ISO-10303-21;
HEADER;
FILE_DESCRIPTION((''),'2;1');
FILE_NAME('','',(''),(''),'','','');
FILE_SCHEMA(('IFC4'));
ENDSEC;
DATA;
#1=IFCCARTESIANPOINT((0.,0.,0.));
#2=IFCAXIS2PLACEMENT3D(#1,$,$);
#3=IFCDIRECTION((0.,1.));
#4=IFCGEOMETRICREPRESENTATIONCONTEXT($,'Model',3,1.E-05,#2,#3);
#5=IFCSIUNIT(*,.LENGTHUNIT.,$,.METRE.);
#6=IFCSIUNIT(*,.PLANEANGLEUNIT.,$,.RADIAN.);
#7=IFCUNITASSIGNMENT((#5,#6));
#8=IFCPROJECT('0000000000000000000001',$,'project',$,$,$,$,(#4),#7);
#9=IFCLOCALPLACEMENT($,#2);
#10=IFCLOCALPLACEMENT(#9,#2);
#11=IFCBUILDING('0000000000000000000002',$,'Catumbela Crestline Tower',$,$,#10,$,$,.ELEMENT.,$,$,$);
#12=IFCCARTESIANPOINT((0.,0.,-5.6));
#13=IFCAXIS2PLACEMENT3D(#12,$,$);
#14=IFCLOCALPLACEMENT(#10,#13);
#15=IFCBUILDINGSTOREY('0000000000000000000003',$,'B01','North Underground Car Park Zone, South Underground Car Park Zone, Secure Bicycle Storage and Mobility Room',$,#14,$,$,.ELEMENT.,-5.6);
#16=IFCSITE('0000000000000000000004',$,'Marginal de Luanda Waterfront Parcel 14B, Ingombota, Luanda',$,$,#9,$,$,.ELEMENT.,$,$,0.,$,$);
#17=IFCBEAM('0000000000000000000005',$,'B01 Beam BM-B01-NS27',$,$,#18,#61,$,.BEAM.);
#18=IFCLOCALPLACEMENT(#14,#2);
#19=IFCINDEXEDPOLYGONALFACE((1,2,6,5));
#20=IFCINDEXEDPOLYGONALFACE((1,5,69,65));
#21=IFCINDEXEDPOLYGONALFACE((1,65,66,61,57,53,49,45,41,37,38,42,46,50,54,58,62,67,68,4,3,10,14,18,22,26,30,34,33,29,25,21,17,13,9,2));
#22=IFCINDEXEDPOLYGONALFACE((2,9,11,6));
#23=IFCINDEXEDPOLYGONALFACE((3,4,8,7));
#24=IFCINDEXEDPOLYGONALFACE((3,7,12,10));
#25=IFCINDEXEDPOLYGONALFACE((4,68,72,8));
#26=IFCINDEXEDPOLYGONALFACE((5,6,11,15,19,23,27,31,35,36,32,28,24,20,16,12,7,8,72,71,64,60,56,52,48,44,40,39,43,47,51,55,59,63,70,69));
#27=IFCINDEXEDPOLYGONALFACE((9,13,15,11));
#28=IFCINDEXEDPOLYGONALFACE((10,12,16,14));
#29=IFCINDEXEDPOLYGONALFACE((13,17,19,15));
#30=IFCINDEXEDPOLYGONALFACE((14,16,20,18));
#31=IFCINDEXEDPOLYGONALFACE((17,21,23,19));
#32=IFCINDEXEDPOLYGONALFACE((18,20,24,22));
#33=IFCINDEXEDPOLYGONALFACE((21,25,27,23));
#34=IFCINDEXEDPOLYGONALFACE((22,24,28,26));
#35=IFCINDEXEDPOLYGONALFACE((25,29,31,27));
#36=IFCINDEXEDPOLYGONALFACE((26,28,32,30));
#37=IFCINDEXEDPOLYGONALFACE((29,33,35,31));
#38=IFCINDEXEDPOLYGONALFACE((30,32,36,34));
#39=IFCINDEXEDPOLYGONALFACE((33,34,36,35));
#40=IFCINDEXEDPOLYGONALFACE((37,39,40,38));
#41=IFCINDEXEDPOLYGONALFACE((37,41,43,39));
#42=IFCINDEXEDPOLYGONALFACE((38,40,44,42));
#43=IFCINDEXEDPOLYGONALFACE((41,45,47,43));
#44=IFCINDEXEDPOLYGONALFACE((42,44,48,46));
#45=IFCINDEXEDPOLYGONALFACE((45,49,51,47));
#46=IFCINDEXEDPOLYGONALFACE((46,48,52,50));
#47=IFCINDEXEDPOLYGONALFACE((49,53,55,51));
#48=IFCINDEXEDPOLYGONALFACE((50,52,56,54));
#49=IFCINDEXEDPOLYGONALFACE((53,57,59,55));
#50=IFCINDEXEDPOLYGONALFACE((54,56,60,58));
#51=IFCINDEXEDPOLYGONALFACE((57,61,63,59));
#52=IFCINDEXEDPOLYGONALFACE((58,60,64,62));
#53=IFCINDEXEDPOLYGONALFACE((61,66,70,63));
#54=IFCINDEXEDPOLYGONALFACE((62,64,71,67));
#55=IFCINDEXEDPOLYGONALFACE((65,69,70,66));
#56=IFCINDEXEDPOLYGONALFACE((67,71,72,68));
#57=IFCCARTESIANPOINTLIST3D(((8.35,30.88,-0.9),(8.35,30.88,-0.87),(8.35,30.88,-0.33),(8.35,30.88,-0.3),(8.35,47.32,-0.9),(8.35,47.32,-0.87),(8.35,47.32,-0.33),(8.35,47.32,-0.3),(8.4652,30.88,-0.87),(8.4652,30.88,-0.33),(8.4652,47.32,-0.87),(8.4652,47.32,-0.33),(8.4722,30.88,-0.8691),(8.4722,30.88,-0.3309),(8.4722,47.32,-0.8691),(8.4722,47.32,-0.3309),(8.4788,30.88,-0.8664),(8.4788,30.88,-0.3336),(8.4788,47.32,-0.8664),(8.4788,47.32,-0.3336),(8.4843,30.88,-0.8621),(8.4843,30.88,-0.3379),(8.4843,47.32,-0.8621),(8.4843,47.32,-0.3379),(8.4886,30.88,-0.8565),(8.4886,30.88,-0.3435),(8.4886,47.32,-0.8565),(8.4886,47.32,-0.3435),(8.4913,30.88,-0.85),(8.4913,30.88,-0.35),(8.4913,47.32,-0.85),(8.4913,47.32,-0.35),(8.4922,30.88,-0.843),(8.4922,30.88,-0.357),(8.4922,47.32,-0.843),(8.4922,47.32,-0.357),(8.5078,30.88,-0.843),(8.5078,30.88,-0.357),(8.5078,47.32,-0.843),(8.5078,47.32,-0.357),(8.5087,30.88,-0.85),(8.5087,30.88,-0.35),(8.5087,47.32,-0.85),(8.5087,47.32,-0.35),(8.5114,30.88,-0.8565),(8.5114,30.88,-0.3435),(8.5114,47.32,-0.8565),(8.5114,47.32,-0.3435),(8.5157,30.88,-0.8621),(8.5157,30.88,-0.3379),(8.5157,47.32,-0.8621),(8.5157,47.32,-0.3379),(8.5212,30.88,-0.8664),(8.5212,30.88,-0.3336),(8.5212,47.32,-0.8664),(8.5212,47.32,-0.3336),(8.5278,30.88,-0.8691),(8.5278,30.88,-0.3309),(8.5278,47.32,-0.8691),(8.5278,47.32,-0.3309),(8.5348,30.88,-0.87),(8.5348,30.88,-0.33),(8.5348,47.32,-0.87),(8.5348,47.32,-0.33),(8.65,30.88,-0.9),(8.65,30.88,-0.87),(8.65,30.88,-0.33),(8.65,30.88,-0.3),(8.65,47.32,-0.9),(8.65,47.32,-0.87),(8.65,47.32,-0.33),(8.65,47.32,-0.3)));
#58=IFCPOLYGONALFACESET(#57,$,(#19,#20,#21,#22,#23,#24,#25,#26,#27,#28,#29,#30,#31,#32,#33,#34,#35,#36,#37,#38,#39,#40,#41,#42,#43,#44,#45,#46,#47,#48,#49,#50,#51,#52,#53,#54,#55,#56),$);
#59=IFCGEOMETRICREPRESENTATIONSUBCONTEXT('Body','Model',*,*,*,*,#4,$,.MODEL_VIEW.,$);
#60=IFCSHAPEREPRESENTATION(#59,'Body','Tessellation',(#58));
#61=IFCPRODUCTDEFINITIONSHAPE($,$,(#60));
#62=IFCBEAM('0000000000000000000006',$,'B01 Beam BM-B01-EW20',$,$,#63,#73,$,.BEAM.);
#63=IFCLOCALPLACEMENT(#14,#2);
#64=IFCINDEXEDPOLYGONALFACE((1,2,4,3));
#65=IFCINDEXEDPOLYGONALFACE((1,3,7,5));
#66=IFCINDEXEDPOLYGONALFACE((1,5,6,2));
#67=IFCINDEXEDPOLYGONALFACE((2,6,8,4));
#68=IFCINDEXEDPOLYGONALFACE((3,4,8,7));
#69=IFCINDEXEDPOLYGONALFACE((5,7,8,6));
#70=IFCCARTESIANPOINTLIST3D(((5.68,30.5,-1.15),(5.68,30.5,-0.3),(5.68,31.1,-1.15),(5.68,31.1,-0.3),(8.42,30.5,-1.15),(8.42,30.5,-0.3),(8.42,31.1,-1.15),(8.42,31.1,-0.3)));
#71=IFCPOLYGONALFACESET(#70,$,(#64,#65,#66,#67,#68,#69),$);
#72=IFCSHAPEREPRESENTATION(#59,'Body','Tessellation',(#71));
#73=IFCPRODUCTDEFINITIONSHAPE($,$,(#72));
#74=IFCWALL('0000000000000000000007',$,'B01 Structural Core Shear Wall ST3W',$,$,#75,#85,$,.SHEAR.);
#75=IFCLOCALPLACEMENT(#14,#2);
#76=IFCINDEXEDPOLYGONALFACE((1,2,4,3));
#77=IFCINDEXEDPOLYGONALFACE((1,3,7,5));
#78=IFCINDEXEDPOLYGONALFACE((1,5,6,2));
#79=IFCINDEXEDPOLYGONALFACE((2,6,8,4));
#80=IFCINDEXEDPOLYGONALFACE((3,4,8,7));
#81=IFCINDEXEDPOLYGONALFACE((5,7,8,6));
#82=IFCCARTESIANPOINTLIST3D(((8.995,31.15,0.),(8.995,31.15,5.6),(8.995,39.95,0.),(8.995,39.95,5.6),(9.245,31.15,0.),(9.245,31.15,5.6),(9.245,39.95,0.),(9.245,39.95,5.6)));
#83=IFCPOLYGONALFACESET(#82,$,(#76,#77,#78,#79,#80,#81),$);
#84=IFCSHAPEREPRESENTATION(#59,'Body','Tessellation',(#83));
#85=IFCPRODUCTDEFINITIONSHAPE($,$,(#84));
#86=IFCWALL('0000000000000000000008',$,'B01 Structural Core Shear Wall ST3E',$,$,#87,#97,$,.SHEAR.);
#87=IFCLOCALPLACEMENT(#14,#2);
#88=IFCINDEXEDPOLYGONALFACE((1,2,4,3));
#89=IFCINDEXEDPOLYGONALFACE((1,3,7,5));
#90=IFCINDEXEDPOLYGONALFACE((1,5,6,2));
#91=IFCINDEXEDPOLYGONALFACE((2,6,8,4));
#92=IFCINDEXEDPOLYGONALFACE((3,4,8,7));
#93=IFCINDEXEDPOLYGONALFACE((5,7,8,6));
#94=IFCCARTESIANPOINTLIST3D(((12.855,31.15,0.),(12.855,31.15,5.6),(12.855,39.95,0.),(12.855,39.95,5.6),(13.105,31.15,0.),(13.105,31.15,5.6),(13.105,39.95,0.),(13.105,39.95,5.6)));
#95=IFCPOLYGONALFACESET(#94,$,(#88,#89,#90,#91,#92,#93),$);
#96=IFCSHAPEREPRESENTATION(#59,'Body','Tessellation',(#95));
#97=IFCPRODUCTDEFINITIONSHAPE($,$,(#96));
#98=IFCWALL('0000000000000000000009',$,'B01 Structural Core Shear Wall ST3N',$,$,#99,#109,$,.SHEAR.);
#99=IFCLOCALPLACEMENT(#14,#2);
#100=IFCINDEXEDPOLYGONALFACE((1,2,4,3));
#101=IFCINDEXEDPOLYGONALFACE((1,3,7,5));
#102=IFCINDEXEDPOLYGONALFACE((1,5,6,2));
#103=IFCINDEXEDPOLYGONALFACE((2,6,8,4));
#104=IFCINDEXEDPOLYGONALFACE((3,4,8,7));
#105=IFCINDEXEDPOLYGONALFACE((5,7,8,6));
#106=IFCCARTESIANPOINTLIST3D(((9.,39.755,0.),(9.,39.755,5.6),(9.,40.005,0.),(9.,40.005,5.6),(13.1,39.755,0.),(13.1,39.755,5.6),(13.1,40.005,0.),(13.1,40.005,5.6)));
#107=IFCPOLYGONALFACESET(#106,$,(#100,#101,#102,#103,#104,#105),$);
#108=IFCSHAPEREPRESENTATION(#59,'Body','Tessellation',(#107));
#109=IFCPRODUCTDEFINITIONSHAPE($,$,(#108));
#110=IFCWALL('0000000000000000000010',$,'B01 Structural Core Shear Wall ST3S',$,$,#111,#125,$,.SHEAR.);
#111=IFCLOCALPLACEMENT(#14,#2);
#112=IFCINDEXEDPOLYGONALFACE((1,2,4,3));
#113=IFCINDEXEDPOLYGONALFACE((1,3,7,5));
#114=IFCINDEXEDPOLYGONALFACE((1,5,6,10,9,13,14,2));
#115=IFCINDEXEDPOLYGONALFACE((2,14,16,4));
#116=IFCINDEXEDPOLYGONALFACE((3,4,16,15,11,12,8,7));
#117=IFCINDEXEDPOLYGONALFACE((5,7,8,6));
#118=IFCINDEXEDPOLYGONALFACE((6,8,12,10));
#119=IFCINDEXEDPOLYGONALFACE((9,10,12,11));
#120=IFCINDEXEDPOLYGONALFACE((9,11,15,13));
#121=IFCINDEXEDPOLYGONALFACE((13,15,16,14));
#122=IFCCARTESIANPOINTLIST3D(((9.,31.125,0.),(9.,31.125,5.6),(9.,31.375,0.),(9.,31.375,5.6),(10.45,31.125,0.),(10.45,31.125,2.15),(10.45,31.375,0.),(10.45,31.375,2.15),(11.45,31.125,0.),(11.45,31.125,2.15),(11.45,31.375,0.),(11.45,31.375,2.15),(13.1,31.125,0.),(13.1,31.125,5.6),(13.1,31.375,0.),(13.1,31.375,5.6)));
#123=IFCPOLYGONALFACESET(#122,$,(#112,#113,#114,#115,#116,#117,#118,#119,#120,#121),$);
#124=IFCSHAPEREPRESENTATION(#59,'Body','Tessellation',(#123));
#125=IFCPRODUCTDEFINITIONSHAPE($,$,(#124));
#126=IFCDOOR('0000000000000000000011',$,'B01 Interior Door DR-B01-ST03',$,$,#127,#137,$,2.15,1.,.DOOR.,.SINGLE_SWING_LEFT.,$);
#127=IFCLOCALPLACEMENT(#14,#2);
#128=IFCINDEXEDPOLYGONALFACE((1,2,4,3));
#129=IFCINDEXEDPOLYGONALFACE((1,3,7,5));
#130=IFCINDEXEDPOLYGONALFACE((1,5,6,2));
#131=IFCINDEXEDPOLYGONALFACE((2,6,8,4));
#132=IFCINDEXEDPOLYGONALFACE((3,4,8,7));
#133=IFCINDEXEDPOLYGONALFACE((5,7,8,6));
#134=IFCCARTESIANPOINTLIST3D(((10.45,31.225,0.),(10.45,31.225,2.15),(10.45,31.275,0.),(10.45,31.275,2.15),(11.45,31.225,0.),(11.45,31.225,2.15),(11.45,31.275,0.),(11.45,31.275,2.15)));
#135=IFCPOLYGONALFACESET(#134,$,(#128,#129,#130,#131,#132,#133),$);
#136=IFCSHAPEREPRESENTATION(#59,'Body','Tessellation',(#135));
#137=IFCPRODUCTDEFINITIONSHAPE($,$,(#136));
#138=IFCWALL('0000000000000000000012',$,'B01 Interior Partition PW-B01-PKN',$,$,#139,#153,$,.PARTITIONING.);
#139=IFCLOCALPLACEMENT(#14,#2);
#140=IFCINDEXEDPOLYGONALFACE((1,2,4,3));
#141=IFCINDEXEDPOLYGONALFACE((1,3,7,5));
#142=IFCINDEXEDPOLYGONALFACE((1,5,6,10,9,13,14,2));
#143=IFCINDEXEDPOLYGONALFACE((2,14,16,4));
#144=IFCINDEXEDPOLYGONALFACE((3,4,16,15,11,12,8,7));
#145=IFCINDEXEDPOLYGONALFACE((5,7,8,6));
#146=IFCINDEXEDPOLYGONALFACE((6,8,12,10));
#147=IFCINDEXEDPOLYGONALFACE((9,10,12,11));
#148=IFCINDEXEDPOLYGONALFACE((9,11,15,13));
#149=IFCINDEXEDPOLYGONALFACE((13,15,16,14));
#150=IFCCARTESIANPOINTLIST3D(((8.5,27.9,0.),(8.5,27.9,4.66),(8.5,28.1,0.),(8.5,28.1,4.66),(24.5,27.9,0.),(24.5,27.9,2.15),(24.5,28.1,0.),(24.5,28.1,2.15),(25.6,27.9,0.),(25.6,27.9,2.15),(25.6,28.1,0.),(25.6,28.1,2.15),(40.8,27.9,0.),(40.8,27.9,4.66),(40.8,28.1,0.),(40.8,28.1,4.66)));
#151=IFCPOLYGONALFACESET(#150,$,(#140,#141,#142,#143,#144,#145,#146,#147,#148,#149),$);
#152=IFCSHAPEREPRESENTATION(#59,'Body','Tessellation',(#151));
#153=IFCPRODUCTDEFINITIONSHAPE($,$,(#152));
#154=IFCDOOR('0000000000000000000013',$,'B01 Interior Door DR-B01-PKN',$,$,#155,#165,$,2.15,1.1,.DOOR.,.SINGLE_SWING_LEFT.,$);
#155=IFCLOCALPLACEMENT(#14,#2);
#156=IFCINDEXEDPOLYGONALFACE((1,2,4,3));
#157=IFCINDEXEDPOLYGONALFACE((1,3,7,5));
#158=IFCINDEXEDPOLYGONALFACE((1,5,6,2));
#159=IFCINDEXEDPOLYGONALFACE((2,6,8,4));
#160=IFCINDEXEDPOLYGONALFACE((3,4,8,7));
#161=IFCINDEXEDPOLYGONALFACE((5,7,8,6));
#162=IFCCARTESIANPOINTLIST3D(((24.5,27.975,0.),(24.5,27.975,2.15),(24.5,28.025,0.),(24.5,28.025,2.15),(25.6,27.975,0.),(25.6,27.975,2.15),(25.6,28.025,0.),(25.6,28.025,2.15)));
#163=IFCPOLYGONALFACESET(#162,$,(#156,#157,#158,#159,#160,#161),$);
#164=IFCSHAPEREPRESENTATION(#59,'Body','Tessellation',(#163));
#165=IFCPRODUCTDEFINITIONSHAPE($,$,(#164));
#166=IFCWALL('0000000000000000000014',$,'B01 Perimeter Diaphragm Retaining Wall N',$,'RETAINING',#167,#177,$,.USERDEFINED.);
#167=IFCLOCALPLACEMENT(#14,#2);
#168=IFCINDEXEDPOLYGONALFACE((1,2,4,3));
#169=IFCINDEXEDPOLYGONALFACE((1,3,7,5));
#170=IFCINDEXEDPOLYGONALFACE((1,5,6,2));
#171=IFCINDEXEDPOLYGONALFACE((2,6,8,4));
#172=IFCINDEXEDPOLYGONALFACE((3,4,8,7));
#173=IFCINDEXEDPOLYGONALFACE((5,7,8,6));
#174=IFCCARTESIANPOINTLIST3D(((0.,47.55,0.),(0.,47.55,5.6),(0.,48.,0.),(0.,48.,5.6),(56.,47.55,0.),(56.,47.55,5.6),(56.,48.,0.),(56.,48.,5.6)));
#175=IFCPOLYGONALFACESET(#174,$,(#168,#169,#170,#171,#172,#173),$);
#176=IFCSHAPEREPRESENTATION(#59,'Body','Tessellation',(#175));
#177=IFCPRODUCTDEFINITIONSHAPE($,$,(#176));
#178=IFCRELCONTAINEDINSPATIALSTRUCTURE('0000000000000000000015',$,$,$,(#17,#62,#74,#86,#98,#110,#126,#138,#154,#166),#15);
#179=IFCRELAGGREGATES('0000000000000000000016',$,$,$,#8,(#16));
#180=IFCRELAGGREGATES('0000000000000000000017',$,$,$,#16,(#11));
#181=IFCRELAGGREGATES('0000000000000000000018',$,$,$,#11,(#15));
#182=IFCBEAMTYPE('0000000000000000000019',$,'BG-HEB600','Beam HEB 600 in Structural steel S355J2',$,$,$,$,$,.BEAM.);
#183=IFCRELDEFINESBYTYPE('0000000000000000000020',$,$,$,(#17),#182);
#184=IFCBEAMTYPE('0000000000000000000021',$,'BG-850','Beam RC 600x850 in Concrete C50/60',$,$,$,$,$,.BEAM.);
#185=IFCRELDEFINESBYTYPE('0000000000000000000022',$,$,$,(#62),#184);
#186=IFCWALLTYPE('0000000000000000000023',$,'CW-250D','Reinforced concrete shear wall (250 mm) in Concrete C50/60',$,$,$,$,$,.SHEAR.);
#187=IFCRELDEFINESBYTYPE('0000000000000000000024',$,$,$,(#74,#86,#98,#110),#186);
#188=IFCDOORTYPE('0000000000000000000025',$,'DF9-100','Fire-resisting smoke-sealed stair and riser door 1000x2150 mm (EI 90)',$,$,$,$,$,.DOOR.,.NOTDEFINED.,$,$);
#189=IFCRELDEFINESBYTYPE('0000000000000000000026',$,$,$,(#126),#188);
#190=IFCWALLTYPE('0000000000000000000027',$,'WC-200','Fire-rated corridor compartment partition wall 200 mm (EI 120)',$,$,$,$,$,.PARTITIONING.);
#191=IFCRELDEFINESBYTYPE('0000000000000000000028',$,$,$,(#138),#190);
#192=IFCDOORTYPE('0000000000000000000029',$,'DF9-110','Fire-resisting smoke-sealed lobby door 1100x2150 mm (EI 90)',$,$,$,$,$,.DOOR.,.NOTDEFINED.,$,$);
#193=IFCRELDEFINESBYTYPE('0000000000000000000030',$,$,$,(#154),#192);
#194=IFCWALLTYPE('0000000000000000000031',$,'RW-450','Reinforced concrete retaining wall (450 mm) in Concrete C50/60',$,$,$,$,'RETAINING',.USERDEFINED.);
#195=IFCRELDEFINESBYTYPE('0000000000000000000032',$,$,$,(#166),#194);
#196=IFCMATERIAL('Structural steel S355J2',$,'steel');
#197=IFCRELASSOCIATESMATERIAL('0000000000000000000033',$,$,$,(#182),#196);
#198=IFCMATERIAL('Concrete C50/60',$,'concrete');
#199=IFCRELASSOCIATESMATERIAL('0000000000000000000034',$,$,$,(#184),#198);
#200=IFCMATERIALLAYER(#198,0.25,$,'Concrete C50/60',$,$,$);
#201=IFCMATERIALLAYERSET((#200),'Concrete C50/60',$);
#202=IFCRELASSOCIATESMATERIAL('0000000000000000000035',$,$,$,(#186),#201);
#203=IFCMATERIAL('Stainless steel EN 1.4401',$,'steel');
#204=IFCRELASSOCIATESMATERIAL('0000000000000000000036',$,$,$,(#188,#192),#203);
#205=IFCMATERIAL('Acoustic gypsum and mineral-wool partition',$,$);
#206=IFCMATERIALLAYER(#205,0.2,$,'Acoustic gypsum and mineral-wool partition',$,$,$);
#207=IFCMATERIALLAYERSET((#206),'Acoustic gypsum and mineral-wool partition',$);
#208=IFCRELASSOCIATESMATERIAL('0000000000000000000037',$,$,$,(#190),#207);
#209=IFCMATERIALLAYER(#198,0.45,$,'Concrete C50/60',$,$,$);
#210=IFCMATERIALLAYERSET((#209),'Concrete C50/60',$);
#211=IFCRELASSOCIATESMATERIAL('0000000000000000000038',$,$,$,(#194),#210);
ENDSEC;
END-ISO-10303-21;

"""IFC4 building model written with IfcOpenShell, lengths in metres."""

from ifc_helpers import new_model, si_unit, direction, frame, frame_2d, origin, origin_2d, place, context, subcontext, project, spatial, rectangle, i_section, extrude, material, layer, layer_set, material_profile, profile_set, type_object, element, fill, save


model = new_model("IFC4")

# Units and contexts
model_context = context("Model", 3, precision=1e-05, world=origin(), true_north=direction((0.0, 1.0)))
body_context = subcontext(model_context, "Body", "Model", "MODEL_VIEW")
ifc_project = project(units=[si_unit("LENGTHUNIT", "METRE"), si_unit("PLANEANGLEUNIT", "RADIAN")], contexts=[model_context])

# Site, building, storey
site_placement = place(None, origin())
site = spatial("IfcSite", under=ifc_project, at=site_placement, Name="Marginal de Luanda Waterfront Parcel 14B, Ingombota, Luanda", CompositionType="ELEMENT", RefElevation=0.0)
building_placement = place(site_placement, origin())
building = spatial("IfcBuilding", under=site, at=building_placement, Name="Catumbela Crestline Tower", CompositionType="ELEMENT")
storey_placement = place(building_placement, frame((0.0, 0.0, -5.6)))
storey = spatial("IfcBuildingStorey", under=building, at=storey_placement, Name="B01", Description="North Underground Car Park Zone, South Underground Car Park Zone, Secure Bicycle Storage and Mobility Room", CompositionType="ELEMENT", Elevation=-5.6)

# Shared definitions
ifc_material_1 = material(Name="Concrete C50/60", Category="concrete")

# Beams
ifc_material_2 = material(Name="Structural steel S355J2", Category="steel")
ifc_material_profile_1 = material_profile(ifc_material_2, i_section(OverallWidth=0.3, OverallDepth=0.6, WebThickness=0.0155, FlangeThickness=0.03, FilletRadius=0.027, at=origin_2d()), Name="HEB 600")
ifc_profile_set_1 = profile_set([ifc_material_profile_1], Name="Structural steel S355J2")
beam_type_1 = type_object("IfcBeamType", Name="BG-HEB600", Description="Beam HEB 600 in Structural steel S355J2", PredefinedType="BEAM", material=ifc_profile_set_1)
beam_1_placement = place(storey_placement, frame((8.5, 30.88, -0.6), z_axis=(0.0, 1.0, 0.0), x_axis=(-1.0, 0.0, 0.0)))
element("IfcBeam", 1, at=beam_1_placement, inside=storey, type_object=beam_type_1, Name="B01 Beam BM-B01-NS27", PredefinedType="BEAM", context=body_context, shape_type="SweptSolid", body=[
    extrude(i_section(OverallWidth=0.3, OverallDepth=0.6, WebThickness=0.0155, FlangeThickness=0.03, FilletRadius=0.027, at=origin_2d()), origin(), (0.0, 0.0, 1.0), 16.44),
])
ifc_material_profile_2 = material_profile(ifc_material_1, rectangle(XDim=0.6, YDim=0.85, at=origin_2d()), Name="RC 600x850")
ifc_profile_set_2 = profile_set([ifc_material_profile_2], Name="Concrete C50/60")
beam_type_2 = type_object("IfcBeamType", Name="BG-850", Description="Beam RC 600x850 in Concrete C50/60", PredefinedType="BEAM", material=ifc_profile_set_2)
beam_2_placement = place(storey_placement, frame((5.68, 30.8, -0.725), z_axis=(1.0, 0.0, 0.0), x_axis=(0.0, 1.0, 0.0)))
element("IfcBeam", 2, at=beam_2_placement, inside=storey, type_object=beam_type_2, Name="B01 Beam BM-B01-EW20", PredefinedType="BEAM", context=body_context, shape_type="SweptSolid", body=[
    extrude(rectangle(XDim=0.6, YDim=0.85, at=origin_2d()), origin(), (0.0, 0.0, 1.0), 2.74),
])

# Walls
ifc_layer_1 = layer(ifc_material_1, 0.25, Name="Concrete C50/60")
ifc_layer_set_1 = layer_set([ifc_layer_1], Name="Concrete C50/60")
wall_type_1 = type_object("IfcWallType", Name="CW-250D", Description="Reinforced concrete shear wall (250 mm) in Concrete C50/60", PredefinedType="SHEAR", material=ifc_layer_set_1)
for number, where, z_axis, x_axis, name in (
    (3, (9.12, 31.15, 0.0), (0.0, 0.0, 1.0), (0.0, 1.0, 0.0), "B01 Structural Core Shear Wall ST3W"),
    (4, (12.98, 31.15, 0.0), (0.0, 0.0, 1.0), (0.0, 1.0, 0.0), "B01 Structural Core Shear Wall ST3E"),
):
    element("IfcWall", number, at=place(storey_placement, frame(where, z_axis=z_axis, x_axis=x_axis)), inside=storey, type_object=wall_type_1, Name=name, PredefinedType="SHEAR", context=body_context, shape_type="SweptSolid", body=[
        extrude(rectangle(XDim=8.8, YDim=0.25, at=frame_2d((4.4, 0.0))), origin(), (0.0, 0.0, 1.0), 5.6),
    ])
wall_1_placement = place(storey_placement, frame((9.0, 39.88, 0.0), z_axis=(0.0, 0.0, 1.0), x_axis=(1.0, 0.0, 0.0)))
element("IfcWall", 5, at=wall_1_placement, inside=storey, type_object=wall_type_1, Name="B01 Structural Core Shear Wall ST3N", PredefinedType="SHEAR", context=body_context, shape_type="SweptSolid", body=[
    extrude(rectangle(XDim=4.1, YDim=0.25, at=frame_2d((2.05, 0.0))), origin(), (0.0, 0.0, 1.0), 5.6),
])

# Walls, openings, doors
wall_2_placement = place(storey_placement, frame((9.0, 31.25, 0.0), z_axis=(0.0, 0.0, 1.0), x_axis=(1.0, 0.0, 0.0)))
wall_2 = element("IfcWall", 6, at=wall_2_placement, inside=storey, type_object=wall_type_1, Name="B01 Structural Core Shear Wall ST3S", PredefinedType="SHEAR", context=body_context, shape_type="SweptSolid", body=[
    extrude(rectangle(XDim=4.1, YDim=0.25, at=frame_2d((2.05, 0.0))), origin(), (0.0, 0.0, 1.0), 5.6),
])
opening_1_placement = place(wall_2_placement, frame((1.45, 0.0, 0.0)))
opening_1 = element("IfcOpeningElement", 7, at=opening_1_placement, cuts=wall_2, PredefinedType="OPENING", context=body_context, shape_type="SweptSolid", body=[
    extrude(rectangle(XDim=1.0, YDim=2.15, at=frame_2d((0.5, 1.075))), frame((0.0, 0.135, 0.0), z_axis=(0.0, -1.0, 0.0), x_axis=(1.0, 0.0, 0.0)), (0.0, 0.0, 1.0), 0.27),
])
ifc_material_3 = material(Name="Stainless steel EN 1.4401", Category="steel")
door_type_1 = type_object("IfcDoorType", Name="DF9-100", Description="Fire-resisting smoke-sealed stair and riser door 1000x2150 mm (EI 90)", OperationType="NOTDEFINED", PredefinedType="DOOR", material=ifc_material_3)
door_1_placement = place(opening_1_placement, origin())
door_1 = element("IfcDoor", 8, at=door_1_placement, inside=storey, type_object=door_type_1, Name="B01 Interior Door DR-B01-ST03", OperationType="SINGLE_SWING_LEFT", OverallHeight=2.15, OverallWidth=1.0, PredefinedType="DOOR", context=body_context, shape_type="SweptSolid", body=[
    extrude(rectangle(XDim=1.0, YDim=2.15, at=frame_2d((0.5, 1.075))), frame((0.0, 0.025, 0.0), z_axis=(0.0, -1.0, 0.0), x_axis=(1.0, 0.0, 0.0)), (0.0, 0.0, 1.0), 0.05),
])
fill(opening_1, door_1)
ifc_material_4 = material(Name="Acoustic gypsum and mineral-wool partition")
ifc_layer_2 = layer(ifc_material_4, 0.2, Name="Acoustic gypsum and mineral-wool partition")
ifc_layer_set_2 = layer_set([ifc_layer_2], Name="Acoustic gypsum and mineral-wool partition")
wall_type_2 = type_object("IfcWallType", Name="WC-200", Description="Fire-rated corridor compartment partition wall 200 mm (EI 120)", PredefinedType="PARTITIONING", material=ifc_layer_set_2)
wall_3_placement = place(storey_placement, frame((8.5, 28.0, 0.0), z_axis=(0.0, 0.0, 1.0), x_axis=(1.0, 0.0, 0.0)))
wall_3 = element("IfcWall", 9, at=wall_3_placement, inside=storey, type_object=wall_type_2, Name="B01 Interior Partition PW-B01-PKN", PredefinedType="PARTITIONING", context=body_context, shape_type="SweptSolid", body=[
    extrude(rectangle(XDim=32.3, YDim=0.2, at=frame_2d((16.15, 0.0))), origin(), (0.0, 0.0, 1.0), 4.66),
])
opening_2_placement = place(wall_3_placement, frame((16.0, 0.0, 0.0)))
opening_2 = element("IfcOpeningElement", 10, at=opening_2_placement, cuts=wall_3, PredefinedType="OPENING", context=body_context, shape_type="SweptSolid", body=[
    extrude(rectangle(XDim=1.1, YDim=2.15, at=frame_2d((0.55, 1.075))), frame((0.0, 0.11, 0.0), z_axis=(0.0, -1.0, 0.0), x_axis=(1.0, 0.0, 0.0)), (0.0, 0.0, 1.0), 0.22),
])
door_type_2 = type_object("IfcDoorType", Name="DF9-110", Description="Fire-resisting smoke-sealed lobby door 1100x2150 mm (EI 90)", OperationType="NOTDEFINED", PredefinedType="DOOR", material=ifc_material_3)
door_2_placement = place(opening_2_placement, origin())
door_2 = element("IfcDoor", 11, at=door_2_placement, inside=storey, type_object=door_type_2, Name="B01 Interior Door DR-B01-PKN", OperationType="SINGLE_SWING_LEFT", OverallHeight=2.15, OverallWidth=1.1, PredefinedType="DOOR", context=body_context, shape_type="SweptSolid", body=[
    extrude(rectangle(XDim=1.1, YDim=2.15, at=frame_2d((0.55, 1.075))), frame((0.0, 0.025, 0.0), z_axis=(0.0, -1.0, 0.0), x_axis=(1.0, 0.0, 0.0)), (0.0, 0.0, 1.0), 0.05),
])
fill(opening_2, door_2)

# Wall
ifc_layer_3 = layer(ifc_material_1, 0.45, Name="Concrete C50/60")
ifc_layer_set_3 = layer_set([ifc_layer_3], Name="Concrete C50/60")
wall_type_3 = type_object("IfcWallType", Name="RW-450", Description="Reinforced concrete retaining wall (450 mm) in Concrete C50/60", ElementType="RETAINING", PredefinedType="USERDEFINED", material=ifc_layer_set_3)
wall_4_placement = place(storey_placement, frame((0.0, 47.775, 0.0), z_axis=(0.0, 0.0, 1.0), x_axis=(1.0, 0.0, 0.0)))
element("IfcWall", 12, at=wall_4_placement, inside=storey, type_object=wall_type_3, Name="B01 Perimeter Diaphragm Retaining Wall N", ObjectType="RETAINING", PredefinedType="USERDEFINED", context=body_context, shape_type="SweptSolid", body=[
    extrude(rectangle(XDim=56.0, YDim=0.45, at=frame_2d((28.0, 0.0))), origin(), (0.0, 0.0, 1.0), 5.6),
])

save(model, "model.ifc")
